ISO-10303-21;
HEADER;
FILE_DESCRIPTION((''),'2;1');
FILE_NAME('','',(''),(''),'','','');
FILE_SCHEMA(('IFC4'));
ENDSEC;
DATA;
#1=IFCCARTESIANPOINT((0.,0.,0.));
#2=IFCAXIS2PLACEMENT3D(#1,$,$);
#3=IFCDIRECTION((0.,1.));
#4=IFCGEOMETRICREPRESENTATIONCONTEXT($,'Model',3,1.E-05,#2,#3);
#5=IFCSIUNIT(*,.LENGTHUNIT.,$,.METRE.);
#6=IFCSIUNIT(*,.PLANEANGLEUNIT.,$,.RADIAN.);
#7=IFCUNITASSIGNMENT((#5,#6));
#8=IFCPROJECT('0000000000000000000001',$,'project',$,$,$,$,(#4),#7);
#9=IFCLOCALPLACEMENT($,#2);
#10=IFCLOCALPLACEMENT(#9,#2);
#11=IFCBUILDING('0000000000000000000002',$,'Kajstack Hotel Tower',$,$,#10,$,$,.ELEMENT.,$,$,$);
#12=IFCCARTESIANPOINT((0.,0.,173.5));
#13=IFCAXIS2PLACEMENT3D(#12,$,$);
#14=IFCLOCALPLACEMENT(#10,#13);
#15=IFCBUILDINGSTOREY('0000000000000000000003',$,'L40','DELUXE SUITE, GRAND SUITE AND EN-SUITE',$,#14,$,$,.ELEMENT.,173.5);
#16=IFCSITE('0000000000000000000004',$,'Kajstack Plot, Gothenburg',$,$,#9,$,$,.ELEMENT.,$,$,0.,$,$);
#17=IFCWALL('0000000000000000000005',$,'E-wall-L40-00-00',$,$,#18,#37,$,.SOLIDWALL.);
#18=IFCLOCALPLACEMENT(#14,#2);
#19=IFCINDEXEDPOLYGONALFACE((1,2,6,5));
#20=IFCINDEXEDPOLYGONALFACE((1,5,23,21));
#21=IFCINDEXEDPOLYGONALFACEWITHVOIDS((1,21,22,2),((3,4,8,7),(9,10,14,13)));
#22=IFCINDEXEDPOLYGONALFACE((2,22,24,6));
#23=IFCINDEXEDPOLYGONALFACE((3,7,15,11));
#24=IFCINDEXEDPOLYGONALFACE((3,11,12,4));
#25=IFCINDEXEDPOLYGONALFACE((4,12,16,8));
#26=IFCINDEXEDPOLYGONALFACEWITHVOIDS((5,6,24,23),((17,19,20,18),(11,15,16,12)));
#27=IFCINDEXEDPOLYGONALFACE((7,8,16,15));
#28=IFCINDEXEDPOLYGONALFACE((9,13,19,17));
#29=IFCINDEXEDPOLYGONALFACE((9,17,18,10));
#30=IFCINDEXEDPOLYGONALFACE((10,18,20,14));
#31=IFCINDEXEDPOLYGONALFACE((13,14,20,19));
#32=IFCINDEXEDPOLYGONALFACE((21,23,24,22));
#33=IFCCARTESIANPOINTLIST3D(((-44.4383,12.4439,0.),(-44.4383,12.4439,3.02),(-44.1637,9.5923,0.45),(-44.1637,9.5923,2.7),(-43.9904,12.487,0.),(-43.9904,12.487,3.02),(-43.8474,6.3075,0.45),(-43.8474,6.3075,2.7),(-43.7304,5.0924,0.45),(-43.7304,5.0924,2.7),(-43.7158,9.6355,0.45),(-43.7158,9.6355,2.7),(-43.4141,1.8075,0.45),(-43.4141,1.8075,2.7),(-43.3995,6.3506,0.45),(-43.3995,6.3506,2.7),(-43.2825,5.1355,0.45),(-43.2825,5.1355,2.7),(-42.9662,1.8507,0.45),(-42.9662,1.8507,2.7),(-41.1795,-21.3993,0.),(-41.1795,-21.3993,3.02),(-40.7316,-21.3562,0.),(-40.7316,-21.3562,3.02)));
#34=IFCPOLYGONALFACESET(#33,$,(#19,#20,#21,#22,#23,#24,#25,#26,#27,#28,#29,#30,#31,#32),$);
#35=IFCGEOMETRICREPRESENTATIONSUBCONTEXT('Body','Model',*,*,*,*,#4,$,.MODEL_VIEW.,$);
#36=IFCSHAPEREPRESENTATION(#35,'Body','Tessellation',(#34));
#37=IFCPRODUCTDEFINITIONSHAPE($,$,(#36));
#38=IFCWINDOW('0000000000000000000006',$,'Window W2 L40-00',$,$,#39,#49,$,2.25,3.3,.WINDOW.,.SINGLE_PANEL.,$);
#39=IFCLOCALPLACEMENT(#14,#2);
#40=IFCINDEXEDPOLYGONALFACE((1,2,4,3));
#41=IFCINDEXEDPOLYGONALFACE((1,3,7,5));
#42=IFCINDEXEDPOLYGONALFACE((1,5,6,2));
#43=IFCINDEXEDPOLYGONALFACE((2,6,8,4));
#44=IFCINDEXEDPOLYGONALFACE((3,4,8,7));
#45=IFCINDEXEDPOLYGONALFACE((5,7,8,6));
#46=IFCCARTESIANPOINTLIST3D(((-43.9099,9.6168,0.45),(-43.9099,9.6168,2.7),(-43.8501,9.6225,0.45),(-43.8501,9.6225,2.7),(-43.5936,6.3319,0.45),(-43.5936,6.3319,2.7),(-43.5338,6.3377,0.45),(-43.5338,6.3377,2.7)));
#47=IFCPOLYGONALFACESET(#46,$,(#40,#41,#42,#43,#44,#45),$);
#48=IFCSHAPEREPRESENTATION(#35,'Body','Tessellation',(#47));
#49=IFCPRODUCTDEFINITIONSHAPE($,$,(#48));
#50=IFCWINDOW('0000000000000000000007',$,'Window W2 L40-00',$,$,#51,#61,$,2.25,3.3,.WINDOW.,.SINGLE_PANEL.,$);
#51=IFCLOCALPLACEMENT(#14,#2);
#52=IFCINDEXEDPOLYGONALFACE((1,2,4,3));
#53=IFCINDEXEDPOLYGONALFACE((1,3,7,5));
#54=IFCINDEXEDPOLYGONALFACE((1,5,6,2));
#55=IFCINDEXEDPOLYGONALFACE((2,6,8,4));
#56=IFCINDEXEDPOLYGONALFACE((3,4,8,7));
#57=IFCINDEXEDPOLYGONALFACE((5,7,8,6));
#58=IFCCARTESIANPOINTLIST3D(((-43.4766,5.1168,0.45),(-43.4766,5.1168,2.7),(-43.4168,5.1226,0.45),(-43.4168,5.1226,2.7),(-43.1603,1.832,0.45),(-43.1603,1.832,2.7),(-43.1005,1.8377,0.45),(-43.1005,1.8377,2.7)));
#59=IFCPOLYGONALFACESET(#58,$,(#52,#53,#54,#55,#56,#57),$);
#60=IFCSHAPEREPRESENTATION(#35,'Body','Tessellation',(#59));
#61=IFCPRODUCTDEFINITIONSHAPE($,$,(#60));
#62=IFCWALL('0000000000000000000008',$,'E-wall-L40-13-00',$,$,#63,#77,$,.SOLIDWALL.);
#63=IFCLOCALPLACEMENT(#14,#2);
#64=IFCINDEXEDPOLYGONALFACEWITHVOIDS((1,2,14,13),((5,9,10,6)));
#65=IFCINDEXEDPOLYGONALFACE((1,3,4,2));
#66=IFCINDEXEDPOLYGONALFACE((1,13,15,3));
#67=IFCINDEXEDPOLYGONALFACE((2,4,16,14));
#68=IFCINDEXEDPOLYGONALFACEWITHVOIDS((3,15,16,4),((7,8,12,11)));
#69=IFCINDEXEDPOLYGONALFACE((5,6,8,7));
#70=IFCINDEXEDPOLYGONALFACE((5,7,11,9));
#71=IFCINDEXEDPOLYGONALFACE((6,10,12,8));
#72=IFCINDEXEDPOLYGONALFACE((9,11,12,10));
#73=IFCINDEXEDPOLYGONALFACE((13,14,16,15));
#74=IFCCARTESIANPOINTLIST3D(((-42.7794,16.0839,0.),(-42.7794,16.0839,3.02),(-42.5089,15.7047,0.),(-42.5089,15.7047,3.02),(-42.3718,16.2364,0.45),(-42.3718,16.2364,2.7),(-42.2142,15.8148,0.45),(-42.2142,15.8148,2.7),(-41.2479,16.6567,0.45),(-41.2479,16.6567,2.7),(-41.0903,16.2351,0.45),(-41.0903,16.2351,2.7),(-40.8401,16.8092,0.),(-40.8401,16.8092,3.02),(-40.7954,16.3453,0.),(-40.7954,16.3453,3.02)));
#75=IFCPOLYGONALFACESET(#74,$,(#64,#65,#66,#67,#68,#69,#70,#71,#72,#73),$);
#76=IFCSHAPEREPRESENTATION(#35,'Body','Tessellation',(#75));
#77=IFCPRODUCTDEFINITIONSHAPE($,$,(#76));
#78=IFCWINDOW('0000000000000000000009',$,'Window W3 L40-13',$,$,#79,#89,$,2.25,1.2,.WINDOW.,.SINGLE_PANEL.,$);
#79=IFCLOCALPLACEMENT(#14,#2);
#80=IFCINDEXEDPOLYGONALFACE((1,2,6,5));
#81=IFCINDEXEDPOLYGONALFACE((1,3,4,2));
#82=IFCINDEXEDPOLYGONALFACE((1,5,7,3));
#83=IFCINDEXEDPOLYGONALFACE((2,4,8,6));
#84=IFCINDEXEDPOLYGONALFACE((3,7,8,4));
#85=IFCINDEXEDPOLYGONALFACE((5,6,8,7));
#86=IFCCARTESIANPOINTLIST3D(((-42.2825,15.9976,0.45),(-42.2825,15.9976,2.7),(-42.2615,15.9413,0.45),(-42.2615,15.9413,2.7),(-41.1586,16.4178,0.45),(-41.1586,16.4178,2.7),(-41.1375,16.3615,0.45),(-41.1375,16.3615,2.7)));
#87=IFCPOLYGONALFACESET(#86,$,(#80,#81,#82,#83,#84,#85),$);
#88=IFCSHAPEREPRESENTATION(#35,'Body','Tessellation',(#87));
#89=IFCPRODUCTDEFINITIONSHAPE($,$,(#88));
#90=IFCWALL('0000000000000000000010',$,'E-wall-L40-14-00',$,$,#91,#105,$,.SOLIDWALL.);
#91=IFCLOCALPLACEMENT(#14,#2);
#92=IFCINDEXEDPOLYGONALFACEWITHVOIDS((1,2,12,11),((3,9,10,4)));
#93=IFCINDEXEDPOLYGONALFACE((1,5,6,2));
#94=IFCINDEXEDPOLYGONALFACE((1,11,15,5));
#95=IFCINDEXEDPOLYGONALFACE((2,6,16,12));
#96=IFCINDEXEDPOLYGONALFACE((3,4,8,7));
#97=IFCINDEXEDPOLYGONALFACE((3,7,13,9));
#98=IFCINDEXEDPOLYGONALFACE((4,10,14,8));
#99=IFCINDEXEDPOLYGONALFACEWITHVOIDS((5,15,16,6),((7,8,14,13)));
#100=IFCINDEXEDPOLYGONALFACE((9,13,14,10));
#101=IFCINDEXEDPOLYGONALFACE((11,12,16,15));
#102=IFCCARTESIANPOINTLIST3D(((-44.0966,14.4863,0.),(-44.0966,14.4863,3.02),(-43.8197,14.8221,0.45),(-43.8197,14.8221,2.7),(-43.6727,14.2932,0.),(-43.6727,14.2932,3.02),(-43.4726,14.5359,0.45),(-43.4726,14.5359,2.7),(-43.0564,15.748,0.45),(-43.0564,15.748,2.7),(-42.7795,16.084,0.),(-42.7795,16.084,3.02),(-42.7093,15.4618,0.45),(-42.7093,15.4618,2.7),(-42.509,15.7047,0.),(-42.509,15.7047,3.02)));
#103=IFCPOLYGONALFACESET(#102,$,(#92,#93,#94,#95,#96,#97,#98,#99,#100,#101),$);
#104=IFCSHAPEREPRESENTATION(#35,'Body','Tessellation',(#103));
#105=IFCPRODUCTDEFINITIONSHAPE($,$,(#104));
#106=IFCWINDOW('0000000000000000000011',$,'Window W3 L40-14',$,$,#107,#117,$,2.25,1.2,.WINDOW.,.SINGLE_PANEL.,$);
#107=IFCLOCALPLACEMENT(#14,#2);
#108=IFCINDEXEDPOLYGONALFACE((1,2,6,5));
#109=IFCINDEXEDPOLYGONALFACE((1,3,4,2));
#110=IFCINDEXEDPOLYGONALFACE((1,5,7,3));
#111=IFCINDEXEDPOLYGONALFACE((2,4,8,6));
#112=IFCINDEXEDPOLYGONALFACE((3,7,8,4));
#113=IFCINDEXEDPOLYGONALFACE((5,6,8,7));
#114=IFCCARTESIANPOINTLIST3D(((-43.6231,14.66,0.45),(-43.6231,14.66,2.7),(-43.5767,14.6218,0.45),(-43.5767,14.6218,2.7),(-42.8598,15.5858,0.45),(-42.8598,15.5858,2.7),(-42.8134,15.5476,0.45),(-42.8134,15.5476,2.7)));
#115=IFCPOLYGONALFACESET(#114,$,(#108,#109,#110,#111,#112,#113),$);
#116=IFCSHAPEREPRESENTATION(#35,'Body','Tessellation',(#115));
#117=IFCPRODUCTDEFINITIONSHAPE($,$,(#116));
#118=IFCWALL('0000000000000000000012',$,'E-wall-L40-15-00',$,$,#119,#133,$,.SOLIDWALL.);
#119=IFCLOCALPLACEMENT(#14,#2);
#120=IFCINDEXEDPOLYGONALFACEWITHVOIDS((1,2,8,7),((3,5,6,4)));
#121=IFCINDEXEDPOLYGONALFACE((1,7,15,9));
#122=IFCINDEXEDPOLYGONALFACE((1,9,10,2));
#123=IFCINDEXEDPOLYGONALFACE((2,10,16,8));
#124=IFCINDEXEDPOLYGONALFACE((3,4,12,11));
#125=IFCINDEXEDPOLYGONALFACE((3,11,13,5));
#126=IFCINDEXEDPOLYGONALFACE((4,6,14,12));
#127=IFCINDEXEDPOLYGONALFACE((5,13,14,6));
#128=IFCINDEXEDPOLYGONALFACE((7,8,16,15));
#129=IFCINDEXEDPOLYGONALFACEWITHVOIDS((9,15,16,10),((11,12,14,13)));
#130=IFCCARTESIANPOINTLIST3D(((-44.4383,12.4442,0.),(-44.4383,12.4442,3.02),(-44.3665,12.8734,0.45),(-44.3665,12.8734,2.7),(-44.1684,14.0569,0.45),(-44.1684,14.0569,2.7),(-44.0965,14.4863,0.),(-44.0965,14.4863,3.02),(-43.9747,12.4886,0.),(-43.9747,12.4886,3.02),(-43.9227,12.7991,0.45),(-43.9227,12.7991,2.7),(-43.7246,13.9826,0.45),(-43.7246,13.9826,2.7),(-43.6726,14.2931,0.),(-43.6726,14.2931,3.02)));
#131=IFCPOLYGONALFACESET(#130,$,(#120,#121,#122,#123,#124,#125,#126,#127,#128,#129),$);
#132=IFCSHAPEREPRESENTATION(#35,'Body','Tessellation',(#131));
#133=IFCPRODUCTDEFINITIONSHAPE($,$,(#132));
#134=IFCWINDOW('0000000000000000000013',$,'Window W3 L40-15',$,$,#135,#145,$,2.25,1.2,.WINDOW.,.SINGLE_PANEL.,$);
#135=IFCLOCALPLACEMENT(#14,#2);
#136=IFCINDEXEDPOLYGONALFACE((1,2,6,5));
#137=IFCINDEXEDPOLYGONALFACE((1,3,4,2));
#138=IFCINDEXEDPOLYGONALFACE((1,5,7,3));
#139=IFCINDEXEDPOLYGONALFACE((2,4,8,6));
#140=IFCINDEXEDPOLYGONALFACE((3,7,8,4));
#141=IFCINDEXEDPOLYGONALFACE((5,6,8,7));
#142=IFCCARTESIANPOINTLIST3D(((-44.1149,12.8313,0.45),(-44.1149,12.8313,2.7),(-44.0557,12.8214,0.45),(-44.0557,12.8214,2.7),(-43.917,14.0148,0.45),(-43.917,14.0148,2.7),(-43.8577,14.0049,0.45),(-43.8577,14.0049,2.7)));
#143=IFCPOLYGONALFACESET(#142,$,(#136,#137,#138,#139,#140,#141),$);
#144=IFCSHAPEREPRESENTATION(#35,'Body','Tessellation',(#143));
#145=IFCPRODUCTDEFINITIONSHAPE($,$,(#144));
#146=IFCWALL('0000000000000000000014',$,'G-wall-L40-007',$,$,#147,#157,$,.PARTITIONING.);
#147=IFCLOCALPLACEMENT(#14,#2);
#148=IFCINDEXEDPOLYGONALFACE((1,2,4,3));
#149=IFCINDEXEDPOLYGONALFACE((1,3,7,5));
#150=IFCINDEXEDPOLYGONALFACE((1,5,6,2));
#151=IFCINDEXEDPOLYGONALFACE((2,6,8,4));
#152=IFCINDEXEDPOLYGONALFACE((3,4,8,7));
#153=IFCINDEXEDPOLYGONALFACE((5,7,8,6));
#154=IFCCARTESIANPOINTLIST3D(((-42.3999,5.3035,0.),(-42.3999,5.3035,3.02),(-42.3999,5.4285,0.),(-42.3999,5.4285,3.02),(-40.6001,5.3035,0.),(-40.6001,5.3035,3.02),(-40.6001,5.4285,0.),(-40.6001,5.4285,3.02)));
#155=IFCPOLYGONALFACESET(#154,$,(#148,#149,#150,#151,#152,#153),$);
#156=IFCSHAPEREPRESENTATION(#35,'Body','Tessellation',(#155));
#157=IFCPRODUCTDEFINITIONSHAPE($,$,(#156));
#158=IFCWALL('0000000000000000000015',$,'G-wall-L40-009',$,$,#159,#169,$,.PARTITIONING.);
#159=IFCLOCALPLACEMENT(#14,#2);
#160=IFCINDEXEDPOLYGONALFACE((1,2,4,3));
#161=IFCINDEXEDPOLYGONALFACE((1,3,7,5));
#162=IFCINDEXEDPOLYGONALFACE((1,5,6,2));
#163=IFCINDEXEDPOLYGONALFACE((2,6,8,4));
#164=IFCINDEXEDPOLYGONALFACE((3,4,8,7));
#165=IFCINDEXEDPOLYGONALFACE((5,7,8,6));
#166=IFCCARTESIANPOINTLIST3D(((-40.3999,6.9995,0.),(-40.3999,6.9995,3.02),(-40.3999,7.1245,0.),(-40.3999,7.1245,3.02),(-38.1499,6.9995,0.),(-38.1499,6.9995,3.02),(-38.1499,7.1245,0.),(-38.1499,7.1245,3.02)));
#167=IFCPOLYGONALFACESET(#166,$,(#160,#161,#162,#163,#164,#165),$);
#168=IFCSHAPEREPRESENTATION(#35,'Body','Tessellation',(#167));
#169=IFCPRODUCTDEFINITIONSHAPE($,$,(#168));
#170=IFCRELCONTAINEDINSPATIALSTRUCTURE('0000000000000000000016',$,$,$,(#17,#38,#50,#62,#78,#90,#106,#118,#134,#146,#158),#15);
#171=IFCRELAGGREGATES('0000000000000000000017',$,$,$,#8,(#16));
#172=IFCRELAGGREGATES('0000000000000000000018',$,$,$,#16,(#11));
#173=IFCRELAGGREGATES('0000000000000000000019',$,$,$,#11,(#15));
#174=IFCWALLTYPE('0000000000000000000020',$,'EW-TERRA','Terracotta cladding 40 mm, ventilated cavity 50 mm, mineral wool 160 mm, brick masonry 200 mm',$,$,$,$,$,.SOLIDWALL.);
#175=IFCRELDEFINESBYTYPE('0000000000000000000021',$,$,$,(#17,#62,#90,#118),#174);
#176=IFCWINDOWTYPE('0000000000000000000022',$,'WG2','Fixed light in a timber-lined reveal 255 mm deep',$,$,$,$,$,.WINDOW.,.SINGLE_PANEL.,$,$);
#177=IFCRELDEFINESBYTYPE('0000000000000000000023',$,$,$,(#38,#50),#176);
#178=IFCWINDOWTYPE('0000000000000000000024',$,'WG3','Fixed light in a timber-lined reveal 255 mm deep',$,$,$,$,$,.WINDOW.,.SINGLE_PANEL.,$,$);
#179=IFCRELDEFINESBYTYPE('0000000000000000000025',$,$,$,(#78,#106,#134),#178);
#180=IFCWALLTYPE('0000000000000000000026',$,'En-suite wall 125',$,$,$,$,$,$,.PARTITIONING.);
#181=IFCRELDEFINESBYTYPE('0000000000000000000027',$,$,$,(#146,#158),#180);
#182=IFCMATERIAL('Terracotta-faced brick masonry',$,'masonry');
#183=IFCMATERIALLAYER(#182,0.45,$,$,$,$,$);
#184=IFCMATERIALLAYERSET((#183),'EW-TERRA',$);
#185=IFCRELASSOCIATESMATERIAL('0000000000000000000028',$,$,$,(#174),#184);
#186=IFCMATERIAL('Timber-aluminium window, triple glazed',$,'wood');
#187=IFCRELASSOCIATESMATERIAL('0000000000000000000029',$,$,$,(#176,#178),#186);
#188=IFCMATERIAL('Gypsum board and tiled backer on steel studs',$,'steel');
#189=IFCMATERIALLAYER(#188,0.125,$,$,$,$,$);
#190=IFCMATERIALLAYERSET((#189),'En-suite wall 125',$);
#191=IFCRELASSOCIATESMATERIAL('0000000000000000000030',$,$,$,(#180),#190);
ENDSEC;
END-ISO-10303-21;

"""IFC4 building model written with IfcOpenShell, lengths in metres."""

from ifc_helpers import new_model, si_unit, direction, frame, frame_2d, origin, place, context, subcontext, project, spatial, polyline, rectangle, outline, extrude, material, layer, layer_set, type_object, element, fill, save


model = new_model("IFC4")

# Units and contexts
model_context = context("Model", 3, precision=1e-05, world=origin(), true_north=direction((0.0, 1.0)))
body_context = subcontext(model_context, "Body", "Model", "MODEL_VIEW")
ifc_project = project(units=[si_unit("LENGTHUNIT", "METRE"), si_unit("PLANEANGLEUNIT", "RADIAN")], contexts=[model_context])

# Site, building, storey
site_placement = place(None, origin())
site = spatial("IfcSite", under=ifc_project, at=site_placement, Name="Kajstack Plot, Gothenburg", CompositionType="ELEMENT", RefElevation=0.0)
building_placement = place(site_placement, origin())
building = spatial("IfcBuilding", under=site, at=building_placement, Name="Kajstack Hotel Tower", CompositionType="ELEMENT")
storey_placement = place(building_placement, frame((0.0, 0.0, 173.5)))
storey = spatial("IfcBuildingStorey", under=building, at=storey_placement, Name="L40", Description="DELUXE SUITE, GRAND SUITE AND EN-SUITE", CompositionType="ELEMENT", Elevation=173.5)

# Wall, openings, windows
ifc_material_1 = material(Name="Terracotta-faced brick masonry", Category="masonry")
ifc_layer_1 = layer(ifc_material_1, 0.45)
ifc_layer_set_1 = layer_set([ifc_layer_1], Name="EW-TERRA")
wall_type_1 = type_object("IfcWallType", Name="EW-TERRA", Description="Terracotta cladding 40 mm, ventilated cavity 50 mm, mineral wool 160 mm, brick masonry 200 mm", PredefinedType="SOLIDWALL", material=ifc_layer_set_1)
wall_1_placement = place(storey_placement, frame((-44.2144, 12.4656, 0.0), z_axis=(0.0, 0.0, 1.0), x_axis=(0.095847, -0.995396, 0.0)))
wall_1 = element("IfcWall", 1, at=wall_1_placement, inside=storey, type_object=wall_type_1, Name="E-wall-L40-00-00", PredefinedType="SOLIDWALL", context=body_context, shape_type="SweptSolid", body=[
    extrude(rectangle(XDim=33.9998, YDim=0.45, at=frame_2d((17.0, 0.0))), origin(), (0.0, 0.0, 1.0), 3.02),
])
opening_1_placement = place(wall_1_placement, frame((2.865, 0.0, 0.45)))
opening_1 = element("IfcOpeningElement", 2, at=opening_1_placement, cuts=wall_1, PredefinedType="OPENING", context=body_context, shape_type="SweptSolid", body=[
    extrude(rectangle(XDim=3.3, YDim=2.25, at=frame_2d((1.6499, 1.125))), frame((0.0, 0.2349, 0.0), z_axis=(0.0, -1.0, 0.0), x_axis=(1.0, 0.0, 0.0)), (0.0, 0.0, 1.0), 0.47),
])
opening_2_placement = place(wall_1_placement, frame((7.3857, 0.0, 0.45)))
opening_2 = element("IfcOpeningElement", 3, at=opening_2_placement, cuts=wall_1, PredefinedType="OPENING", context=body_context, shape_type="SweptSolid", body=[
    extrude(rectangle(XDim=3.3, YDim=2.25, at=frame_2d((1.6499, 1.125))), frame((0.0, 0.2349, 0.0), z_axis=(0.0, -1.0, 0.0), x_axis=(1.0, 0.0, 0.0)), (0.0, 0.0, 1.0), 0.47),
])
ifc_material_2 = material(Name="Timber-aluminium window, triple glazed", Category="wood")
window_type_1 = type_object("IfcWindowType", Name="WG2", Description="Fixed light in a timber-lined reveal 255 mm deep", PartitioningType="SINGLE_PANEL", PredefinedType="WINDOW", material=ifc_material_2)
window_1_placement = place(opening_1_placement, origin())
window_1 = element("IfcWindow", 4, at=window_1_placement, inside=storey, type_object=window_type_1, Name="Window W2 L40-00", OverallHeight=2.25, OverallWidth=3.3, PartitioningType="SINGLE_PANEL", PredefinedType="WINDOW", context=body_context, shape_type="SweptSolid", body=[
    extrude(rectangle(XDim=3.3, YDim=2.25, at=frame_2d((1.6499, 1.125))), frame((0.0, 0.0901, 0.0), z_axis=(0.0, -1.0, 0.0), x_axis=(1.0, 0.0, 0.0)), (0.0, 0.0, 1.0), 0.0601),
])
fill(opening_1, window_1)
window_2_placement = place(opening_2_placement, origin())
window_2 = element("IfcWindow", 5, at=window_2_placement, inside=storey, type_object=window_type_1, Name="Window W2 L40-00", OverallHeight=2.25, OverallWidth=3.3, PartitioningType="SINGLE_PANEL", PredefinedType="WINDOW", context=body_context, shape_type="SweptSolid", body=[
    extrude(rectangle(XDim=3.3, YDim=2.25, at=frame_2d((1.6499, 1.125))), frame((0.0, 0.0901, 0.0), z_axis=(0.0, -1.0, 0.0), x_axis=(1.0, 0.0, 0.0)), (0.0, 0.0, 1.0), 0.0601),
])
fill(opening_2, window_2)

# Walls, openings, windows
wall_2_placement = place(storey_placement, frame((-40.7612, 16.5984, 0.0), z_axis=(0.0, 0.0, 1.0), x_axis=(-0.936678, -0.350193, 0.0)))
wall_2 = element("IfcWall", 6, at=wall_2_placement, inside=storey, type_object=wall_type_1, Name="E-wall-L40-13-00", PredefinedType="SOLIDWALL", context=body_context, shape_type="SweptSolid", body=[
    extrude(outline(polyline([(0.0, -0.2251), (2.0706, -0.2249), (1.95, 0.2251), (0.1206, 0.2251), (0.0, -0.2251)])), origin(), (0.0, 0.0, 1.0), 3.02),
])
opening_3_placement = place(wall_2_placement, frame((0.4353, 0.0, 0.45)))
opening_3 = element("IfcOpeningElement", 7, at=opening_3_placement, cuts=wall_2, PredefinedType="OPENING", context=body_context, shape_type="SweptSolid", body=[
    extrude(rectangle(XDim=1.2, YDim=2.25, at=frame_2d((0.6001, 1.125))), frame((0.0, 0.2349, 0.0), z_axis=(0.0, -1.0, 0.0), x_axis=(1.0, 0.0, 0.0)), (0.0, 0.0, 1.0), 0.47),
])
window_type_2 = type_object("IfcWindowType", Name="WG3", Description="Fixed light in a timber-lined reveal 255 mm deep", PartitioningType="SINGLE_PANEL", PredefinedType="WINDOW", material=ifc_material_2)
window_3_placement = place(opening_3_placement, origin())
window_3 = element("IfcWindow", 8, at=window_3_placement, inside=storey, type_object=window_type_2, Name="Window W3 L40-13", OverallHeight=2.25, OverallWidth=1.2, PartitioningType="SINGLE_PANEL", PredefinedType="WINDOW", context=body_context, shape_type="SweptSolid", body=[
    extrude(rectangle(XDim=1.2, YDim=2.25, at=frame_2d((0.6001, 1.125))), frame((0.0, 0.0901, 0.0), z_axis=(0.0, -1.0, 0.0), x_axis=(1.0, 0.0, 0.0)), (0.0, 0.0, 1.0), 0.0601),
])
fill(opening_3, window_3)
wall_3_placement = place(storey_placement, frame((-42.606, 15.9409, 0.0), z_axis=(0.0, 0.0, 1.0), x_axis=(-0.636116, -0.771593, 0.0)))
wall_3 = element("IfcWall", 9, at=wall_3_placement, inside=storey, type_object=wall_type_1, Name="E-wall-L40-14-00", PredefinedType="SOLIDWALL", context=body_context, shape_type="SweptSolid", body=[
    extrude(outline(polyline([(0.0, -0.2249), (2.0706, -0.2249), (1.95, 0.2251), (0.1206, 0.2251), (0.0, -0.2249)])), origin(), (0.0, 0.0, 1.0), 3.02),
])
opening_4_placement = place(wall_3_placement, frame((0.4353, 0.0, 0.45)))
opening_4 = element("IfcOpeningElement", 10, at=opening_4_placement, cuts=wall_3, PredefinedType="OPENING", context=body_context, shape_type="SweptSolid", body=[
    extrude(rectangle(XDim=1.2, YDim=2.25, at=frame_2d((0.6001, 1.125))), frame((0.0, 0.2349, 0.0), z_axis=(0.0, -1.0, 0.0), x_axis=(1.0, 0.0, 0.0)), (0.0, 0.0, 1.0), 0.47),
])
window_4_placement = place(opening_4_placement, origin())
window_4 = element("IfcWindow", 11, at=window_4_placement, inside=storey, type_object=window_type_2, Name="Window W3 L40-14", OverallHeight=2.25, OverallWidth=1.2, PartitioningType="SINGLE_PANEL", PredefinedType="WINDOW", context=body_context, shape_type="SweptSolid", body=[
    extrude(rectangle(XDim=1.2, YDim=2.25, at=frame_2d((0.6001, 1.125))), frame((0.0, 0.0901, 0.0), z_axis=(0.0, -1.0, 0.0), x_axis=(1.0, 0.0, 0.0)), (0.0, 0.0, 1.0), 0.0601),
])
fill(opening_4, window_4)
wall_4_placement = place(storey_placement, frame((-43.8748, 14.4492, 0.0), z_axis=(0.0, 0.0, 1.0), x_axis=(-0.164953, -0.986301, 0.0)))
wall_4 = element("IfcWall", 12, at=wall_4_placement, inside=storey, type_object=wall_type_1, Name="E-wall-L40-15-00", PredefinedType="SOLIDWALL", context=body_context, shape_type="SweptSolid", body=[
    extrude(outline(polyline([(0.0, -0.2249), (2.0706, -0.2251), (1.9502, 0.2249), (0.1206, 0.2251), (0.0, -0.2249)])), origin(), (0.0, 0.0, 1.0), 3.02),
])
opening_5_placement = place(wall_4_placement, frame((0.4353, 0.0, 0.45)))
opening_5 = element("IfcOpeningElement", 13, at=opening_5_placement, cuts=wall_4, PredefinedType="OPENING", context=body_context, shape_type="SweptSolid", body=[
    extrude(rectangle(XDim=1.2, YDim=2.25, at=frame_2d((0.6001, 1.125))), frame((0.0, 0.2349, 0.0), z_axis=(0.0, -1.0, 0.0), x_axis=(1.0, 0.0, 0.0)), (0.0, 0.0, 1.0), 0.47),
])
window_5_placement = place(opening_5_placement, origin())
window_5 = element("IfcWindow", 14, at=window_5_placement, inside=storey, type_object=window_type_2, Name="Window W3 L40-15", OverallHeight=2.25, OverallWidth=1.2, PartitioningType="SINGLE_PANEL", PredefinedType="WINDOW", context=body_context, shape_type="SweptSolid", body=[
    extrude(rectangle(XDim=1.2, YDim=2.25, at=frame_2d((0.6001, 1.125))), frame((0.0, 0.0901, 0.0), z_axis=(0.0, -1.0, 0.0), x_axis=(1.0, 0.0, 0.0)), (0.0, 0.0, 1.0), 0.0601),
])
fill(opening_5, window_5)

# Walls
ifc_material_3 = material(Name="Gypsum board and tiled backer on steel studs", Category="steel")
ifc_layer_2 = layer(ifc_material_3, 0.125)
ifc_layer_set_2 = layer_set([ifc_layer_2], Name="En-suite wall 125")
wall_type_2 = type_object("IfcWallType", Name="En-suite wall 125", PredefinedType="PARTITIONING", material=ifc_layer_set_2)
wall_5_placement = place(storey_placement, frame((-42.3999, 5.366, 0.0), z_axis=(0.0, 0.0, 1.0), x_axis=(1.0, 0.0, 0.0)))
element("IfcWall", 15, at=wall_5_placement, inside=storey, type_object=wall_type_2, Name="G-wall-L40-007", PredefinedType="PARTITIONING", context=body_context, shape_type="SweptSolid", body=[
    extrude(rectangle(XDim=1.7998, YDim=0.125, at=frame_2d((0.8999, 0.0))), origin(), (0.0, 0.0, 1.0), 3.02),
])
for number, where, z_axis, x_axis, name in (
    (16, (-40.3999, 7.062, 0.0), (0.0, 0.0, 1.0), (1.0, 0.0, 0.0), "G-wall-L40-009"),
):
    element("IfcWall", number, at=place(storey_placement, frame(where, z_axis=z_axis, x_axis=x_axis)), inside=storey, type_object=wall_type_2, Name=name, PredefinedType="PARTITIONING", context=body_context, shape_type="SweptSolid", body=[
        extrude(rectangle(XDim=2.25, YDim=0.125, at=frame_2d((1.125, 0.0))), origin(), (0.0, 0.0, 1.0), 3.02),
    ])

save(model, "model.ifc")
